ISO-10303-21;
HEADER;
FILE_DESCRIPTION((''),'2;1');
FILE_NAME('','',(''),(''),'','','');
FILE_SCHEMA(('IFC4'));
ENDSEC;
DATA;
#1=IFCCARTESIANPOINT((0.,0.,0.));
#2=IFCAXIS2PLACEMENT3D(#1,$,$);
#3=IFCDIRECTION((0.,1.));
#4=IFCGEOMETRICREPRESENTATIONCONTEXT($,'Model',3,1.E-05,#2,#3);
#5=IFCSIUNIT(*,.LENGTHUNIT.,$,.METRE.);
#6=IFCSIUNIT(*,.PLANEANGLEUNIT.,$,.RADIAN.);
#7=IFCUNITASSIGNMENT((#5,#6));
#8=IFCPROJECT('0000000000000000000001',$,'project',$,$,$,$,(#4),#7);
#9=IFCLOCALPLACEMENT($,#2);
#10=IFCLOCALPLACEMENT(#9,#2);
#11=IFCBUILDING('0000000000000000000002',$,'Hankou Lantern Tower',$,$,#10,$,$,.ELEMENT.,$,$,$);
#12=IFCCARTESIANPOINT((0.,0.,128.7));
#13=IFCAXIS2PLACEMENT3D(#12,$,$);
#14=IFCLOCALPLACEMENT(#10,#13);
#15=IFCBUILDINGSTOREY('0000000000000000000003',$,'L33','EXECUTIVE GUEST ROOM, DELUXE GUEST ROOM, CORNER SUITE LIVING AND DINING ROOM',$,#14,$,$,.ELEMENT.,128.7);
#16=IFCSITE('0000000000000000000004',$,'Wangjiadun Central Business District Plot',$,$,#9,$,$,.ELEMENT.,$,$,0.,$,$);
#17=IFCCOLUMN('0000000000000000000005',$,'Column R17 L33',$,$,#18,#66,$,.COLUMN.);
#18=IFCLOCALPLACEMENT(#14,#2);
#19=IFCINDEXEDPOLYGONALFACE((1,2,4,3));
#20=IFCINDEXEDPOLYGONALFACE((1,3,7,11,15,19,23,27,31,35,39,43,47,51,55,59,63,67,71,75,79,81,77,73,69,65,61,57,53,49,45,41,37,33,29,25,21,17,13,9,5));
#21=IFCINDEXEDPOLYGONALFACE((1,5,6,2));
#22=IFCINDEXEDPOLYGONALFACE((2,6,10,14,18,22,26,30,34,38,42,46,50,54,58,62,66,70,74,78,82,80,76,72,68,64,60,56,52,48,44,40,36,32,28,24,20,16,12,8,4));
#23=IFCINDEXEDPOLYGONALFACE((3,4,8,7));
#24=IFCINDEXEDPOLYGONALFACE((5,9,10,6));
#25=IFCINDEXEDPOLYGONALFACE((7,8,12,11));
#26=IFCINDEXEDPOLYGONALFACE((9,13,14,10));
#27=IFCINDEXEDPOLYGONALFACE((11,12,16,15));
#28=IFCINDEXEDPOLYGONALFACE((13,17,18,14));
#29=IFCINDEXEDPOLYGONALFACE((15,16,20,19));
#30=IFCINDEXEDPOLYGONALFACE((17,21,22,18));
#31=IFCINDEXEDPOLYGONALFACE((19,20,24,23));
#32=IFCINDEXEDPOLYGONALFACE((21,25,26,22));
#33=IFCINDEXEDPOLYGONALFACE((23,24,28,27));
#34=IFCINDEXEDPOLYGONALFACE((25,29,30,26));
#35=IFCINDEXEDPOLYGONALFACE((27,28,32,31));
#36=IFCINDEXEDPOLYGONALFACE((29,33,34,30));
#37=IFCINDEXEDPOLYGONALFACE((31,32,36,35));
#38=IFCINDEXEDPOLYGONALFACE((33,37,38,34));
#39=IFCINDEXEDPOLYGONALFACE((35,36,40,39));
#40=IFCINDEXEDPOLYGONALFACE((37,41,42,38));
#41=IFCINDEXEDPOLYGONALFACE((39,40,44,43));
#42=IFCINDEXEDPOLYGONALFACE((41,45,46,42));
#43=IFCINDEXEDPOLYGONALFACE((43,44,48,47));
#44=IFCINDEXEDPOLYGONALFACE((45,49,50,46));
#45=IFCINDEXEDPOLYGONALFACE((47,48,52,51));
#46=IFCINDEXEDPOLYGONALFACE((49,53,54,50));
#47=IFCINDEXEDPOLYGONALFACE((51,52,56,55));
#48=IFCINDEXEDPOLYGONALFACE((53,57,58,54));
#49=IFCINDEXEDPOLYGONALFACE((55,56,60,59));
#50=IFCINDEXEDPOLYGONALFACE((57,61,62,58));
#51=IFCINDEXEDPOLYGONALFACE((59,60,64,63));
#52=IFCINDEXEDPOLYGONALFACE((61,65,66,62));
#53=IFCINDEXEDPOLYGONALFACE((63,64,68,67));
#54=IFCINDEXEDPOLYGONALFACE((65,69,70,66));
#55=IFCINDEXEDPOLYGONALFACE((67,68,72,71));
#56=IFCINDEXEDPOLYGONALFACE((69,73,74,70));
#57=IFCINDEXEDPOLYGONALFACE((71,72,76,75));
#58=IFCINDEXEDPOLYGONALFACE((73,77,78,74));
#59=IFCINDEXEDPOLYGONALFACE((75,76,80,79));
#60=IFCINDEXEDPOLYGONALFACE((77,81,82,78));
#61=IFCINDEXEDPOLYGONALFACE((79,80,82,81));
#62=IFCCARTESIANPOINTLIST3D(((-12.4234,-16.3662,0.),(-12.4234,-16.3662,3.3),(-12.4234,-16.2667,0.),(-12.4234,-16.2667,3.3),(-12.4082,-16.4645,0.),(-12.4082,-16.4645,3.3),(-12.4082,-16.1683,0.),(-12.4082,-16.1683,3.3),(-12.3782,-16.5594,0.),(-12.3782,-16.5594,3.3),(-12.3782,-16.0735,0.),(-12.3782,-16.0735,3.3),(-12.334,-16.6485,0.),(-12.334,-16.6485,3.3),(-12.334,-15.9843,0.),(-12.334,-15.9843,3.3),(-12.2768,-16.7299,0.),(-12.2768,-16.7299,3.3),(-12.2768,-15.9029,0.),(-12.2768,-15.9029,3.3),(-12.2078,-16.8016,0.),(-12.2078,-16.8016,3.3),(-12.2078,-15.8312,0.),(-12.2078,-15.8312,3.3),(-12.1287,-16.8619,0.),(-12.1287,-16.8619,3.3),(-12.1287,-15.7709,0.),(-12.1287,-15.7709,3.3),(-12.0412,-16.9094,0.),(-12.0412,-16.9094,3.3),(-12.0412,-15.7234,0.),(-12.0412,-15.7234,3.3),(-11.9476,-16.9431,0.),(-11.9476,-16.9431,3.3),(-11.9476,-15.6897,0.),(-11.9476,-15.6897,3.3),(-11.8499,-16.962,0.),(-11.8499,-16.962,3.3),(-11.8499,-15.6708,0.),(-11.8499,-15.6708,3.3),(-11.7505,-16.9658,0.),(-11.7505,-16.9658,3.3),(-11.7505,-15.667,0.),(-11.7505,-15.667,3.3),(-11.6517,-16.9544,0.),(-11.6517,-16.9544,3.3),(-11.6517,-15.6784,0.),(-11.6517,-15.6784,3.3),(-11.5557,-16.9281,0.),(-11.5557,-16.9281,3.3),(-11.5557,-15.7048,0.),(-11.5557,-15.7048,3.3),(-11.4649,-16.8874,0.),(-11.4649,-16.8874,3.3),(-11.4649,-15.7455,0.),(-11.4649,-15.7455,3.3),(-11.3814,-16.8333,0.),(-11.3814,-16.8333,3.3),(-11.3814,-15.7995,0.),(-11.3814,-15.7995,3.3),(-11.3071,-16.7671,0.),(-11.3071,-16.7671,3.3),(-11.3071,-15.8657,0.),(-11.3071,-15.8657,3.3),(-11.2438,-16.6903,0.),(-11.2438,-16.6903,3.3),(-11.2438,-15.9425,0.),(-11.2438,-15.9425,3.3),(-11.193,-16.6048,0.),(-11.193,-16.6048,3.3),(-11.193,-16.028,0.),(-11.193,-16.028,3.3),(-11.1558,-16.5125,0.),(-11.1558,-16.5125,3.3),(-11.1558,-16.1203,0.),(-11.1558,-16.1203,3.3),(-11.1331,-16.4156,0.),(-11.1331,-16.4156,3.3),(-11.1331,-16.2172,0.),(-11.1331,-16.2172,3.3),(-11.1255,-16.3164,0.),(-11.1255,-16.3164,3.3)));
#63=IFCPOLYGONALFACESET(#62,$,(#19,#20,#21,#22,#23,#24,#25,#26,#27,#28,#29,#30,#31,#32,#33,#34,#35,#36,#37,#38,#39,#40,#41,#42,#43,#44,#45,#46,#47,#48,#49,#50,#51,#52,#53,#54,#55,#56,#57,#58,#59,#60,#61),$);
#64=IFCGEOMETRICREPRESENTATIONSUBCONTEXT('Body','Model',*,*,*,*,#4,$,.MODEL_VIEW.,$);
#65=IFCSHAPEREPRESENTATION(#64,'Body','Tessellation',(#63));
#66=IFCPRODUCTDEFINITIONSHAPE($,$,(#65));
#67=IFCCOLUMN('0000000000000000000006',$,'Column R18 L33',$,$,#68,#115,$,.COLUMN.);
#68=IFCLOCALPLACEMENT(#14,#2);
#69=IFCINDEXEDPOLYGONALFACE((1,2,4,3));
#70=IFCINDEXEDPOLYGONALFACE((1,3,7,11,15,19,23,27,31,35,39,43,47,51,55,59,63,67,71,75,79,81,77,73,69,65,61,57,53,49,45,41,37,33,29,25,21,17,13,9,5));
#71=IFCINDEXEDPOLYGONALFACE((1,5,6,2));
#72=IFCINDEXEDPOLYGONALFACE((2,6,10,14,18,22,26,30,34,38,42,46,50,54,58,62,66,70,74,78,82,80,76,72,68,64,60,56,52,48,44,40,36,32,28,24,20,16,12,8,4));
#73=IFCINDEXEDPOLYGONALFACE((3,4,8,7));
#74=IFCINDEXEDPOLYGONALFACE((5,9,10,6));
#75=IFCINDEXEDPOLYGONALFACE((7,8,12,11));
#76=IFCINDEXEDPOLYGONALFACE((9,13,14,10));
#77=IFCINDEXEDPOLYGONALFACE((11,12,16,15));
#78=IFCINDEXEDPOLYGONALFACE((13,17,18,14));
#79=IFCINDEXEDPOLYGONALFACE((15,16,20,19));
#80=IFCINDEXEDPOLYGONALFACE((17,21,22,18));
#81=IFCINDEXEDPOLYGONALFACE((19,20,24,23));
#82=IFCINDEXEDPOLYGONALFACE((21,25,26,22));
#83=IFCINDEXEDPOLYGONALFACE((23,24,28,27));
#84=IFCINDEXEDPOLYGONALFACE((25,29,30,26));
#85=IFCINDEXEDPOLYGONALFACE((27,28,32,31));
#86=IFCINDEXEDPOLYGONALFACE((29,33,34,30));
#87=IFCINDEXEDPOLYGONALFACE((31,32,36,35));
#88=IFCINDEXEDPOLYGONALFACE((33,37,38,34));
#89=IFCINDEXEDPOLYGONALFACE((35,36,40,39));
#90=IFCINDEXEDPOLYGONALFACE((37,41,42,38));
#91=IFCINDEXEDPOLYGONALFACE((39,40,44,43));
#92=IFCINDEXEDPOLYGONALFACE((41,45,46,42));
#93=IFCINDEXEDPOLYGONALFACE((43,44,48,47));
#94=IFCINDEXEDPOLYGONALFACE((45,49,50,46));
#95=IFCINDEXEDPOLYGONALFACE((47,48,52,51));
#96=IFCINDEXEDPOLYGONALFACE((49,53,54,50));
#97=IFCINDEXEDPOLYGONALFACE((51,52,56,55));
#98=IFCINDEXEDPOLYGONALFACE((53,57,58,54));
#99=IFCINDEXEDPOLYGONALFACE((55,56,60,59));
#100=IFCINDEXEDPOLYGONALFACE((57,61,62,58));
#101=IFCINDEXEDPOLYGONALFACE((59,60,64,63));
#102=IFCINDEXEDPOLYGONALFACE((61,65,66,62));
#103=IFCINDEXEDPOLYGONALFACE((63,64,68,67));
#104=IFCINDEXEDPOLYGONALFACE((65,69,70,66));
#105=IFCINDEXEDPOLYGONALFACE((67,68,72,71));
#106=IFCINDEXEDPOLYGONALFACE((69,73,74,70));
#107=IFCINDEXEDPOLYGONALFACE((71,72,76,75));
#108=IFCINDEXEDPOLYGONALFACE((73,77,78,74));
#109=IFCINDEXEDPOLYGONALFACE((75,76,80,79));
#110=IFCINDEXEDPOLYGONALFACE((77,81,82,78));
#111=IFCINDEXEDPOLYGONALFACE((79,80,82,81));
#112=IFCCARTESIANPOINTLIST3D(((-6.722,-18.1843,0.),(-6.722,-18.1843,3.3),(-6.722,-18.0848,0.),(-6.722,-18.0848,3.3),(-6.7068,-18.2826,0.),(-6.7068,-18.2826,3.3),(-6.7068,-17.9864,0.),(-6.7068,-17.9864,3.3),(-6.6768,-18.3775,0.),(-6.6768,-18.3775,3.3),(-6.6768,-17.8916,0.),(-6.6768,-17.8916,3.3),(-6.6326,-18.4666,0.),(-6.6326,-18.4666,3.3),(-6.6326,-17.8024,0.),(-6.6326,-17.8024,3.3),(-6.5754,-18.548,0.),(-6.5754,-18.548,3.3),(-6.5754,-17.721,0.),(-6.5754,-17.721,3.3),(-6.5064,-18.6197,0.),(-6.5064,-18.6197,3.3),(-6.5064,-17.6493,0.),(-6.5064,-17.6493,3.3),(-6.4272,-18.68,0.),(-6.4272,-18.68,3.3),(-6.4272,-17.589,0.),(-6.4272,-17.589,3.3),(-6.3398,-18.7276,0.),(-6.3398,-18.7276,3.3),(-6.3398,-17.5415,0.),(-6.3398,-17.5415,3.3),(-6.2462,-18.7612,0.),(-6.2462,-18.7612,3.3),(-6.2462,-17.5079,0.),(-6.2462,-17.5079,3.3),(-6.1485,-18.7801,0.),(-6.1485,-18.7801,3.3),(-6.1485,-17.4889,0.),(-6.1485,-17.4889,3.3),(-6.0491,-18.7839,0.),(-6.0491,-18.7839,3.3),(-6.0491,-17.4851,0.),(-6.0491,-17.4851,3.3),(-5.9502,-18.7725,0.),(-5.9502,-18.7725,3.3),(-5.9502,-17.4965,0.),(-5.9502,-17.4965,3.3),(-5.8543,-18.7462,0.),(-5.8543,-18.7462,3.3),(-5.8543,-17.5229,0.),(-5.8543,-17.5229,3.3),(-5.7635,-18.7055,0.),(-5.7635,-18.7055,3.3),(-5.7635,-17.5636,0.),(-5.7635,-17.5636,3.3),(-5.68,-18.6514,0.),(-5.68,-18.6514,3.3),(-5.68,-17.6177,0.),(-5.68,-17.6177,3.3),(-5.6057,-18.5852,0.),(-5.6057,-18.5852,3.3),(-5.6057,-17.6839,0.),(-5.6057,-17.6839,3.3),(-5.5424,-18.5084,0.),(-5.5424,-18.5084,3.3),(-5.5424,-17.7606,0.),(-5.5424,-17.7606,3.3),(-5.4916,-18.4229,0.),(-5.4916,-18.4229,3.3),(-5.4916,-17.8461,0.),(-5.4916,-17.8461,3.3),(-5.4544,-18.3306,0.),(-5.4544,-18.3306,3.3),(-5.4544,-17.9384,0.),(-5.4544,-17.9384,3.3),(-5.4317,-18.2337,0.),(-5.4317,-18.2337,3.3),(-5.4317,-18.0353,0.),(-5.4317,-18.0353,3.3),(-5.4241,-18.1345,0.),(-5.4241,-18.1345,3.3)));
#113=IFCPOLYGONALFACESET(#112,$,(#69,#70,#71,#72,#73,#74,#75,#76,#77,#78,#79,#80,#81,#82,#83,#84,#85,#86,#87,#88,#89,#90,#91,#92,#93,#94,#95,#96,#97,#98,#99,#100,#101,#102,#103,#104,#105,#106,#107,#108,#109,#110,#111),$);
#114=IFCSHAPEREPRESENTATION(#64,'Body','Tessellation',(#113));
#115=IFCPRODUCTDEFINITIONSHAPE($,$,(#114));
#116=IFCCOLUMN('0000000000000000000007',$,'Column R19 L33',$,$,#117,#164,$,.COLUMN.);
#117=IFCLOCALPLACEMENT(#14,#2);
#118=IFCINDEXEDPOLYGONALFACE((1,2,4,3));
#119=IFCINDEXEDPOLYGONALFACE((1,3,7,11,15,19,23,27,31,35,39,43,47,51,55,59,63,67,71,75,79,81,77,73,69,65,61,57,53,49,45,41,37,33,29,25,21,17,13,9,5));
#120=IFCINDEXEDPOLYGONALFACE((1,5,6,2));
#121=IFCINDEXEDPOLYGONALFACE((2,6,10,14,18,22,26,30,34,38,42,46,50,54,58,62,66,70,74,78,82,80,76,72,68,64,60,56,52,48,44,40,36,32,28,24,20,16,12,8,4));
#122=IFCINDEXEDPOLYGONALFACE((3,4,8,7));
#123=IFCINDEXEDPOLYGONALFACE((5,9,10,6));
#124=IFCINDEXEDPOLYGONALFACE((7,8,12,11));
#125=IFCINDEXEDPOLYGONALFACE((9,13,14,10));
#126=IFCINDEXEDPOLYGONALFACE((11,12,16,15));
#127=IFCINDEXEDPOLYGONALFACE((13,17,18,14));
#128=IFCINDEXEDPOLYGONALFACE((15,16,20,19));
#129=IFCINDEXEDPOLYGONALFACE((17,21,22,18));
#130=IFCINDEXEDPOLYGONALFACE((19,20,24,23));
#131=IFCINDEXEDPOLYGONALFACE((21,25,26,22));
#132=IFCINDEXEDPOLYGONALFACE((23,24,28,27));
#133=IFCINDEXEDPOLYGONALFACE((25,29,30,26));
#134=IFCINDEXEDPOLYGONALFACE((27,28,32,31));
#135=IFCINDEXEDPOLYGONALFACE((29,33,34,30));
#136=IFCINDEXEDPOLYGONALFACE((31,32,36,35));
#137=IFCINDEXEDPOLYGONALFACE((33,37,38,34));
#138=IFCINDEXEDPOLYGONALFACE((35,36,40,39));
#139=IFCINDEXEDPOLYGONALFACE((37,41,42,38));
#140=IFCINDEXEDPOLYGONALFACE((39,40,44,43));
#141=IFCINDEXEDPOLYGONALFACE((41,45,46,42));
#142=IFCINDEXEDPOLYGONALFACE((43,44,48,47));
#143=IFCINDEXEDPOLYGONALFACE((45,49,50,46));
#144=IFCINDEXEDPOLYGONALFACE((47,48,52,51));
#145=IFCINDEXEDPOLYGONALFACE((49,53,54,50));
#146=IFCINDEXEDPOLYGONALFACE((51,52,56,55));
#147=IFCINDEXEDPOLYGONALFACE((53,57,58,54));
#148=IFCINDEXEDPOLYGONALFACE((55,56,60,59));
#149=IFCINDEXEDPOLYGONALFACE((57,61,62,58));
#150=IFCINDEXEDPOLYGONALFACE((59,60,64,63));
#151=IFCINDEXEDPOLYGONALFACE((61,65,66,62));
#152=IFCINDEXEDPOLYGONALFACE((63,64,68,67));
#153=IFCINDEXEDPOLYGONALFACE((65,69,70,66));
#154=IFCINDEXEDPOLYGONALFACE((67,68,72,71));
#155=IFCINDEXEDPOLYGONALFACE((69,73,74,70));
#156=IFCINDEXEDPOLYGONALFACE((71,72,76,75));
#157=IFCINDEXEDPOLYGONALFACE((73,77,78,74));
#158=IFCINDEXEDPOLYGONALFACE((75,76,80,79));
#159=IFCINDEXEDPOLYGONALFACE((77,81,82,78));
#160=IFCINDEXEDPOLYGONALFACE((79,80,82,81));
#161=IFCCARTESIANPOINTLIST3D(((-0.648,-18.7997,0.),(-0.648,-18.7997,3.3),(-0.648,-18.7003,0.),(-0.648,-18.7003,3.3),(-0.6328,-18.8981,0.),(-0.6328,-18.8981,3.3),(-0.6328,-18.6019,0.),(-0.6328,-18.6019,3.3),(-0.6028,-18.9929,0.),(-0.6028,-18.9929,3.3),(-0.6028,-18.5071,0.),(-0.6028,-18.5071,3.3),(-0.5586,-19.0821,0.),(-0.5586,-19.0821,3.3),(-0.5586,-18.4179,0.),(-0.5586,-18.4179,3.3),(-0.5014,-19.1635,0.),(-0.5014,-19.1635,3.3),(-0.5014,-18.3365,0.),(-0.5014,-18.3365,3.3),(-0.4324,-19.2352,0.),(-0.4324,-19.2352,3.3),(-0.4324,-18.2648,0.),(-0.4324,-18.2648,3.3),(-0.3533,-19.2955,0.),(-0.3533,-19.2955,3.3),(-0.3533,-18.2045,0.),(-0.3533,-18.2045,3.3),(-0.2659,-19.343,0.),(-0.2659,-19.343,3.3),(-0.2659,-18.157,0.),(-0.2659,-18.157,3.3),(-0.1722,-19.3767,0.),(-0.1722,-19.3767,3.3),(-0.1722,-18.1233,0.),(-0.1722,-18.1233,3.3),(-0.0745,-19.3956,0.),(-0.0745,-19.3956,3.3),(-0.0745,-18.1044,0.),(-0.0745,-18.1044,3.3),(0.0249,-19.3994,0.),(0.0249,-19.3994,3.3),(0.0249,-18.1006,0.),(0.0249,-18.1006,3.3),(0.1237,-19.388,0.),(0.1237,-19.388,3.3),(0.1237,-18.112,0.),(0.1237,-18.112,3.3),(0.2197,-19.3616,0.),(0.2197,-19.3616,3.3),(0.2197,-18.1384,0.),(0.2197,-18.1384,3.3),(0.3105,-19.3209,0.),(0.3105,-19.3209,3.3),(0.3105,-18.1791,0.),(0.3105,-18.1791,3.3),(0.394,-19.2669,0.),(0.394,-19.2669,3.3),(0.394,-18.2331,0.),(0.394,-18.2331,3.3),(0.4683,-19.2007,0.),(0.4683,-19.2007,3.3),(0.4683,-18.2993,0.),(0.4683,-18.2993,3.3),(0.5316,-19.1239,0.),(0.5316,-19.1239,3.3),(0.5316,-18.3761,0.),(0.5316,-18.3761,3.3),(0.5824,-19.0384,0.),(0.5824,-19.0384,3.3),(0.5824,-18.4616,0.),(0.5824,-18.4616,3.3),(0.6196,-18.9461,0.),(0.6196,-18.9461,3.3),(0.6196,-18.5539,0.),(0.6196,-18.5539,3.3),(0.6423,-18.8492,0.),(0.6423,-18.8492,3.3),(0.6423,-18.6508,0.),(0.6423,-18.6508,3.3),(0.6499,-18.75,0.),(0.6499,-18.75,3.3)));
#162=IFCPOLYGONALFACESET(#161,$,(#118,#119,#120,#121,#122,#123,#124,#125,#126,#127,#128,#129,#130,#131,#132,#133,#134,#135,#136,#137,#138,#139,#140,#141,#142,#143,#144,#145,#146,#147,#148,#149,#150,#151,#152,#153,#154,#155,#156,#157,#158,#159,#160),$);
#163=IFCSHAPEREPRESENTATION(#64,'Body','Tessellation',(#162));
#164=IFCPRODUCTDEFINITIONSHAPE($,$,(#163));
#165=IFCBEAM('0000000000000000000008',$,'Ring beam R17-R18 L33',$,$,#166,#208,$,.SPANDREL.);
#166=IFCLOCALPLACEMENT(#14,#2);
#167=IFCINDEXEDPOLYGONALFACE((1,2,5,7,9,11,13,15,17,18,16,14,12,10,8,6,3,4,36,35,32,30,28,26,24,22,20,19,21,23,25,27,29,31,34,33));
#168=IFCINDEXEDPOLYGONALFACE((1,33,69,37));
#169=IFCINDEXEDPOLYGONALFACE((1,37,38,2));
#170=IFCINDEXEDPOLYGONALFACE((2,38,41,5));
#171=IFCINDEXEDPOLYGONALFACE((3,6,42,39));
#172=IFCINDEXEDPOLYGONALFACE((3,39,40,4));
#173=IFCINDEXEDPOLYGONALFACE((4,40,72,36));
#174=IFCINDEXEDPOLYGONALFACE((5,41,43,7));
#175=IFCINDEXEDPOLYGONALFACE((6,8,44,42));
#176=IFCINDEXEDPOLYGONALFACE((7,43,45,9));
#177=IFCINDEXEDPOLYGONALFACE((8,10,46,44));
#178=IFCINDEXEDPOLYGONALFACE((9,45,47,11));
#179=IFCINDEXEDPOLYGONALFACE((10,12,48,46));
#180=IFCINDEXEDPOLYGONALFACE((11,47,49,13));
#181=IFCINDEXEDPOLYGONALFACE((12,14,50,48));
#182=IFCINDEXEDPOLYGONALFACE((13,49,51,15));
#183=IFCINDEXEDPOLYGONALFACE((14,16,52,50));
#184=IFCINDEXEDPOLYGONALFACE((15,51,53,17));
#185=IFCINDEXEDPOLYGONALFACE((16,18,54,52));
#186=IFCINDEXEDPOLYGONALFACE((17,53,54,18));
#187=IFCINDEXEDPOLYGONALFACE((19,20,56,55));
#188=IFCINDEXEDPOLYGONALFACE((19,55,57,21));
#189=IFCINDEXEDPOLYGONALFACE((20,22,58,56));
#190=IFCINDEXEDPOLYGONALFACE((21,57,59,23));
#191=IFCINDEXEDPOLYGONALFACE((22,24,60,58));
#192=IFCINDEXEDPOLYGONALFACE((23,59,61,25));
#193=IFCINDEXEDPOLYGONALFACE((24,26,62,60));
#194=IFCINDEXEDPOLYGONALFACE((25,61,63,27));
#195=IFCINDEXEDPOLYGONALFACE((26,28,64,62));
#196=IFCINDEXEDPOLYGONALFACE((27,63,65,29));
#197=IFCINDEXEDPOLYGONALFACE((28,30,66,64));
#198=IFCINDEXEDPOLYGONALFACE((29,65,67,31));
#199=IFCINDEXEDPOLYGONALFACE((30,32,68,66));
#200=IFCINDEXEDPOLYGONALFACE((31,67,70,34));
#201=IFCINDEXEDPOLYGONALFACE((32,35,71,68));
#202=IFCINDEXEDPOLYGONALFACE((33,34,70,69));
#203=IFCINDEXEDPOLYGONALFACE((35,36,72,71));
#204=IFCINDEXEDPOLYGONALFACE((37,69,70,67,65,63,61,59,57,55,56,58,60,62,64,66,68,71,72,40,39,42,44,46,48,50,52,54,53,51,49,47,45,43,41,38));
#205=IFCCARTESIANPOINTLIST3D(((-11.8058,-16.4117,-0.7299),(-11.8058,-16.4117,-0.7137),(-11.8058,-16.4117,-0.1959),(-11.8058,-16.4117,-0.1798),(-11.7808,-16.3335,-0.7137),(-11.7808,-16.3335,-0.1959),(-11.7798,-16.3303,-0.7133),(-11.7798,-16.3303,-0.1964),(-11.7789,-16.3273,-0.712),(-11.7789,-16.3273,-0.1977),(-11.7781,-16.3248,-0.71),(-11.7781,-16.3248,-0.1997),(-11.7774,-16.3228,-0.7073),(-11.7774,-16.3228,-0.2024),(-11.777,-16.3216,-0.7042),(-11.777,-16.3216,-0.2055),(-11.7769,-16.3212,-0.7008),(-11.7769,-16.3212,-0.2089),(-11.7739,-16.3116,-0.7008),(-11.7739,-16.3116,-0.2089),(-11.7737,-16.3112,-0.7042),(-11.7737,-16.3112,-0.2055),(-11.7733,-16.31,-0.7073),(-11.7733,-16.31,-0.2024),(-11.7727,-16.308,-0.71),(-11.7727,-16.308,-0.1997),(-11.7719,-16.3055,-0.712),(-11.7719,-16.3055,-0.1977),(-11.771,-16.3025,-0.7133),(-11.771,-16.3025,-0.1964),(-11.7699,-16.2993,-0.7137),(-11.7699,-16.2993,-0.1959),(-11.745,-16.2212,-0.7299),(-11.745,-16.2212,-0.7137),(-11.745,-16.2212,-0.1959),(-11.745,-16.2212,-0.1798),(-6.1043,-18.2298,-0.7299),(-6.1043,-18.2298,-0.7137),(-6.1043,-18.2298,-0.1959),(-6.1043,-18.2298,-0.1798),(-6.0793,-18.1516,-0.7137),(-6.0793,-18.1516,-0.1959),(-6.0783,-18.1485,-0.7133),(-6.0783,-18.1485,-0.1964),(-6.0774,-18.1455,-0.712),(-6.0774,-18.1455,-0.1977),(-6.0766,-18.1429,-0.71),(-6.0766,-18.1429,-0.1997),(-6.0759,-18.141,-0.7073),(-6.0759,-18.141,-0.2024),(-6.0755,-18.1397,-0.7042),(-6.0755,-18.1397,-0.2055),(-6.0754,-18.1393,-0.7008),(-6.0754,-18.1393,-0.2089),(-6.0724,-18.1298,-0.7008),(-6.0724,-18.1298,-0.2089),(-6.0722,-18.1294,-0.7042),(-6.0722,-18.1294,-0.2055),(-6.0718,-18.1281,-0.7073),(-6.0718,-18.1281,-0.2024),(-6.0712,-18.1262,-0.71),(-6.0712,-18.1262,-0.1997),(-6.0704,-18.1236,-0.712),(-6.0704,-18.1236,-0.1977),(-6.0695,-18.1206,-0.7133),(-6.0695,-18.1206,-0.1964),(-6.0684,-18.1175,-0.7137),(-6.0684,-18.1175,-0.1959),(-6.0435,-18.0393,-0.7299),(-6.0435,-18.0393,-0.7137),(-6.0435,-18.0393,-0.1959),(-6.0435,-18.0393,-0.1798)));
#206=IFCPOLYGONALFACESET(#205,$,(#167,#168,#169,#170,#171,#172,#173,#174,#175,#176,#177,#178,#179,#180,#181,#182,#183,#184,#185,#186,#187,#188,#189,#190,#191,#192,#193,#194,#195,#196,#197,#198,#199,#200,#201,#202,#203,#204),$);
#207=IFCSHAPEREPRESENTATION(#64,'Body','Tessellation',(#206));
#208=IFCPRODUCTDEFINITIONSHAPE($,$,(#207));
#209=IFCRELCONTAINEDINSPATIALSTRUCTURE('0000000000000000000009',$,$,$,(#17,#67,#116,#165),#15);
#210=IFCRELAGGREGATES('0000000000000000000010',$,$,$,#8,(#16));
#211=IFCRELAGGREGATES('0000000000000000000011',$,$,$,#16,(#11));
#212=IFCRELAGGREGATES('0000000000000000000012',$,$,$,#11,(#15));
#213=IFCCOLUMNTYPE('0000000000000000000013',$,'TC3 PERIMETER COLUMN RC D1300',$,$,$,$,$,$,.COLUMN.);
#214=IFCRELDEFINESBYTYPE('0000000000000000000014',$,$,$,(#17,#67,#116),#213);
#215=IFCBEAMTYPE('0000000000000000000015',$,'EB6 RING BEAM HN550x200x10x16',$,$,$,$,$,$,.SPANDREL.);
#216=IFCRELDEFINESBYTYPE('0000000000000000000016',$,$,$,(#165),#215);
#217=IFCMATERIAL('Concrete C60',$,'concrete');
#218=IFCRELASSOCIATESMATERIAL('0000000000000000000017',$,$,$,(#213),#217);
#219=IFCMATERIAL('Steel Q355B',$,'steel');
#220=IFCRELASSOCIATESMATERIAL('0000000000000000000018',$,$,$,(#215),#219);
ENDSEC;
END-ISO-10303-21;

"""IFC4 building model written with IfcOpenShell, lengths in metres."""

from ifc_helpers import new_model, si_unit, direction, frame, origin, origin_2d, place, context, subcontext, project, spatial, circle, i_section, extrude, material, material_profile, profile_set, type_object, element, save


model = new_model("IFC4")

# Units and contexts
model_context = context("Model", 3, precision=1e-05, world=origin(), true_north=direction((0.0, 1.0)))
body_context = subcontext(model_context, "Body", "Model", "MODEL_VIEW")
ifc_project = project(units=[si_unit("LENGTHUNIT", "METRE"), si_unit("PLANEANGLEUNIT", "RADIAN")], contexts=[model_context])

# Site, building, storey
site_placement = place(None, origin())
site = spatial("IfcSite", under=ifc_project, at=site_placement, Name="Wangjiadun Central Business District Plot", CompositionType="ELEMENT", RefElevation=0.0)
building_placement = place(site_placement, origin())
building = spatial("IfcBuilding", under=site, at=building_placement, Name="Hankou Lantern Tower", CompositionType="ELEMENT")
storey_placement = place(building_placement, frame((0.0, 0.0, 128.7)))
storey = spatial("IfcBuildingStorey", under=building, at=storey_placement, Name="L33", Description="EXECUTIVE GUEST ROOM, DELUXE GUEST ROOM, CORNER SUITE LIVING AND DINING ROOM", CompositionType="ELEMENT", Elevation=128.7)

# Columns
ifc_material_1 = material(Name="Concrete C60", Category="concrete")
ifc_material_profile_1 = material_profile(ifc_material_1, circle(Radius=0.6499, at=origin_2d()), Name="RC D1300")
ifc_profile_set_1 = profile_set([ifc_material_profile_1], Name="Concrete C60")
column_type = type_object("IfcColumnType", Name="TC3 PERIMETER COLUMN RC D1300", PredefinedType="COLUMN", material=ifc_profile_set_1)
for number, where, z_axis, x_axis, name in (
    (1, (-11.7754, -16.3164, 0.0), (0.0, 0.0, 1.0), (1.0, 0.0, 0.0), "Column R17 L33"),
    (2, (-6.074, -18.1345, 0.0), (0.0, 0.0, 1.0), (1.0, 0.0, 0.0), "Column R18 L33"),
    (3, (0.0, -18.75, 0.0), (0.0, 0.0, 1.0), (1.0, 0.0, 0.0), "Column R19 L33"),
):
    element("IfcColumn", number, at=place(storey_placement, frame(where, z_axis=z_axis, x_axis=x_axis)), inside=storey, type_object=column_type, Name=name, PredefinedType="COLUMN", context=body_context, shape_type="SweptSolid", body=[
        extrude(circle(Radius=0.6499, at=origin_2d()), origin(), (0.0, 0.0, 1.0), 3.3),
    ])

# Beam
ifc_material_2 = material(Name="Steel Q355B", Category="steel")
ifc_material_profile_2 = material_profile(ifc_material_2, i_section(OverallWidth=0.2, OverallDepth=0.55, WebThickness=0.01, FlangeThickness=0.0161, FilletRadius=0.0129, at=origin_2d()), Name="HN550x200x10x16")
ifc_profile_set_2 = profile_set([ifc_material_profile_2], Name="Steel Q355B")
beam_type_1 = type_object("IfcBeamType", Name="EB6 RING BEAM HN550x200x10x16", PredefinedType="SPANDREL", material=ifc_profile_set_2)
beam_1_placement = place(storey_placement, frame((-11.7754, -16.3164, -0.4548), z_axis=(0.952731, -0.303815, 0.0), x_axis=(0.303815, 0.952731, 0.0)))
element("IfcBeam", 4, at=beam_1_placement, inside=storey, type_object=beam_type_1, Name="Ring beam R17-R18 L33", PredefinedType="SPANDREL", context=body_context, shape_type="SweptSolid", body=[
    extrude(i_section(OverallWidth=0.2, OverallDepth=0.55, WebThickness=0.01, FlangeThickness=0.0161, FilletRadius=0.0129, at=origin_2d()), origin(), (0.0, 0.0, 1.0), 5.9844),
])

save(model, "model.ifc")
